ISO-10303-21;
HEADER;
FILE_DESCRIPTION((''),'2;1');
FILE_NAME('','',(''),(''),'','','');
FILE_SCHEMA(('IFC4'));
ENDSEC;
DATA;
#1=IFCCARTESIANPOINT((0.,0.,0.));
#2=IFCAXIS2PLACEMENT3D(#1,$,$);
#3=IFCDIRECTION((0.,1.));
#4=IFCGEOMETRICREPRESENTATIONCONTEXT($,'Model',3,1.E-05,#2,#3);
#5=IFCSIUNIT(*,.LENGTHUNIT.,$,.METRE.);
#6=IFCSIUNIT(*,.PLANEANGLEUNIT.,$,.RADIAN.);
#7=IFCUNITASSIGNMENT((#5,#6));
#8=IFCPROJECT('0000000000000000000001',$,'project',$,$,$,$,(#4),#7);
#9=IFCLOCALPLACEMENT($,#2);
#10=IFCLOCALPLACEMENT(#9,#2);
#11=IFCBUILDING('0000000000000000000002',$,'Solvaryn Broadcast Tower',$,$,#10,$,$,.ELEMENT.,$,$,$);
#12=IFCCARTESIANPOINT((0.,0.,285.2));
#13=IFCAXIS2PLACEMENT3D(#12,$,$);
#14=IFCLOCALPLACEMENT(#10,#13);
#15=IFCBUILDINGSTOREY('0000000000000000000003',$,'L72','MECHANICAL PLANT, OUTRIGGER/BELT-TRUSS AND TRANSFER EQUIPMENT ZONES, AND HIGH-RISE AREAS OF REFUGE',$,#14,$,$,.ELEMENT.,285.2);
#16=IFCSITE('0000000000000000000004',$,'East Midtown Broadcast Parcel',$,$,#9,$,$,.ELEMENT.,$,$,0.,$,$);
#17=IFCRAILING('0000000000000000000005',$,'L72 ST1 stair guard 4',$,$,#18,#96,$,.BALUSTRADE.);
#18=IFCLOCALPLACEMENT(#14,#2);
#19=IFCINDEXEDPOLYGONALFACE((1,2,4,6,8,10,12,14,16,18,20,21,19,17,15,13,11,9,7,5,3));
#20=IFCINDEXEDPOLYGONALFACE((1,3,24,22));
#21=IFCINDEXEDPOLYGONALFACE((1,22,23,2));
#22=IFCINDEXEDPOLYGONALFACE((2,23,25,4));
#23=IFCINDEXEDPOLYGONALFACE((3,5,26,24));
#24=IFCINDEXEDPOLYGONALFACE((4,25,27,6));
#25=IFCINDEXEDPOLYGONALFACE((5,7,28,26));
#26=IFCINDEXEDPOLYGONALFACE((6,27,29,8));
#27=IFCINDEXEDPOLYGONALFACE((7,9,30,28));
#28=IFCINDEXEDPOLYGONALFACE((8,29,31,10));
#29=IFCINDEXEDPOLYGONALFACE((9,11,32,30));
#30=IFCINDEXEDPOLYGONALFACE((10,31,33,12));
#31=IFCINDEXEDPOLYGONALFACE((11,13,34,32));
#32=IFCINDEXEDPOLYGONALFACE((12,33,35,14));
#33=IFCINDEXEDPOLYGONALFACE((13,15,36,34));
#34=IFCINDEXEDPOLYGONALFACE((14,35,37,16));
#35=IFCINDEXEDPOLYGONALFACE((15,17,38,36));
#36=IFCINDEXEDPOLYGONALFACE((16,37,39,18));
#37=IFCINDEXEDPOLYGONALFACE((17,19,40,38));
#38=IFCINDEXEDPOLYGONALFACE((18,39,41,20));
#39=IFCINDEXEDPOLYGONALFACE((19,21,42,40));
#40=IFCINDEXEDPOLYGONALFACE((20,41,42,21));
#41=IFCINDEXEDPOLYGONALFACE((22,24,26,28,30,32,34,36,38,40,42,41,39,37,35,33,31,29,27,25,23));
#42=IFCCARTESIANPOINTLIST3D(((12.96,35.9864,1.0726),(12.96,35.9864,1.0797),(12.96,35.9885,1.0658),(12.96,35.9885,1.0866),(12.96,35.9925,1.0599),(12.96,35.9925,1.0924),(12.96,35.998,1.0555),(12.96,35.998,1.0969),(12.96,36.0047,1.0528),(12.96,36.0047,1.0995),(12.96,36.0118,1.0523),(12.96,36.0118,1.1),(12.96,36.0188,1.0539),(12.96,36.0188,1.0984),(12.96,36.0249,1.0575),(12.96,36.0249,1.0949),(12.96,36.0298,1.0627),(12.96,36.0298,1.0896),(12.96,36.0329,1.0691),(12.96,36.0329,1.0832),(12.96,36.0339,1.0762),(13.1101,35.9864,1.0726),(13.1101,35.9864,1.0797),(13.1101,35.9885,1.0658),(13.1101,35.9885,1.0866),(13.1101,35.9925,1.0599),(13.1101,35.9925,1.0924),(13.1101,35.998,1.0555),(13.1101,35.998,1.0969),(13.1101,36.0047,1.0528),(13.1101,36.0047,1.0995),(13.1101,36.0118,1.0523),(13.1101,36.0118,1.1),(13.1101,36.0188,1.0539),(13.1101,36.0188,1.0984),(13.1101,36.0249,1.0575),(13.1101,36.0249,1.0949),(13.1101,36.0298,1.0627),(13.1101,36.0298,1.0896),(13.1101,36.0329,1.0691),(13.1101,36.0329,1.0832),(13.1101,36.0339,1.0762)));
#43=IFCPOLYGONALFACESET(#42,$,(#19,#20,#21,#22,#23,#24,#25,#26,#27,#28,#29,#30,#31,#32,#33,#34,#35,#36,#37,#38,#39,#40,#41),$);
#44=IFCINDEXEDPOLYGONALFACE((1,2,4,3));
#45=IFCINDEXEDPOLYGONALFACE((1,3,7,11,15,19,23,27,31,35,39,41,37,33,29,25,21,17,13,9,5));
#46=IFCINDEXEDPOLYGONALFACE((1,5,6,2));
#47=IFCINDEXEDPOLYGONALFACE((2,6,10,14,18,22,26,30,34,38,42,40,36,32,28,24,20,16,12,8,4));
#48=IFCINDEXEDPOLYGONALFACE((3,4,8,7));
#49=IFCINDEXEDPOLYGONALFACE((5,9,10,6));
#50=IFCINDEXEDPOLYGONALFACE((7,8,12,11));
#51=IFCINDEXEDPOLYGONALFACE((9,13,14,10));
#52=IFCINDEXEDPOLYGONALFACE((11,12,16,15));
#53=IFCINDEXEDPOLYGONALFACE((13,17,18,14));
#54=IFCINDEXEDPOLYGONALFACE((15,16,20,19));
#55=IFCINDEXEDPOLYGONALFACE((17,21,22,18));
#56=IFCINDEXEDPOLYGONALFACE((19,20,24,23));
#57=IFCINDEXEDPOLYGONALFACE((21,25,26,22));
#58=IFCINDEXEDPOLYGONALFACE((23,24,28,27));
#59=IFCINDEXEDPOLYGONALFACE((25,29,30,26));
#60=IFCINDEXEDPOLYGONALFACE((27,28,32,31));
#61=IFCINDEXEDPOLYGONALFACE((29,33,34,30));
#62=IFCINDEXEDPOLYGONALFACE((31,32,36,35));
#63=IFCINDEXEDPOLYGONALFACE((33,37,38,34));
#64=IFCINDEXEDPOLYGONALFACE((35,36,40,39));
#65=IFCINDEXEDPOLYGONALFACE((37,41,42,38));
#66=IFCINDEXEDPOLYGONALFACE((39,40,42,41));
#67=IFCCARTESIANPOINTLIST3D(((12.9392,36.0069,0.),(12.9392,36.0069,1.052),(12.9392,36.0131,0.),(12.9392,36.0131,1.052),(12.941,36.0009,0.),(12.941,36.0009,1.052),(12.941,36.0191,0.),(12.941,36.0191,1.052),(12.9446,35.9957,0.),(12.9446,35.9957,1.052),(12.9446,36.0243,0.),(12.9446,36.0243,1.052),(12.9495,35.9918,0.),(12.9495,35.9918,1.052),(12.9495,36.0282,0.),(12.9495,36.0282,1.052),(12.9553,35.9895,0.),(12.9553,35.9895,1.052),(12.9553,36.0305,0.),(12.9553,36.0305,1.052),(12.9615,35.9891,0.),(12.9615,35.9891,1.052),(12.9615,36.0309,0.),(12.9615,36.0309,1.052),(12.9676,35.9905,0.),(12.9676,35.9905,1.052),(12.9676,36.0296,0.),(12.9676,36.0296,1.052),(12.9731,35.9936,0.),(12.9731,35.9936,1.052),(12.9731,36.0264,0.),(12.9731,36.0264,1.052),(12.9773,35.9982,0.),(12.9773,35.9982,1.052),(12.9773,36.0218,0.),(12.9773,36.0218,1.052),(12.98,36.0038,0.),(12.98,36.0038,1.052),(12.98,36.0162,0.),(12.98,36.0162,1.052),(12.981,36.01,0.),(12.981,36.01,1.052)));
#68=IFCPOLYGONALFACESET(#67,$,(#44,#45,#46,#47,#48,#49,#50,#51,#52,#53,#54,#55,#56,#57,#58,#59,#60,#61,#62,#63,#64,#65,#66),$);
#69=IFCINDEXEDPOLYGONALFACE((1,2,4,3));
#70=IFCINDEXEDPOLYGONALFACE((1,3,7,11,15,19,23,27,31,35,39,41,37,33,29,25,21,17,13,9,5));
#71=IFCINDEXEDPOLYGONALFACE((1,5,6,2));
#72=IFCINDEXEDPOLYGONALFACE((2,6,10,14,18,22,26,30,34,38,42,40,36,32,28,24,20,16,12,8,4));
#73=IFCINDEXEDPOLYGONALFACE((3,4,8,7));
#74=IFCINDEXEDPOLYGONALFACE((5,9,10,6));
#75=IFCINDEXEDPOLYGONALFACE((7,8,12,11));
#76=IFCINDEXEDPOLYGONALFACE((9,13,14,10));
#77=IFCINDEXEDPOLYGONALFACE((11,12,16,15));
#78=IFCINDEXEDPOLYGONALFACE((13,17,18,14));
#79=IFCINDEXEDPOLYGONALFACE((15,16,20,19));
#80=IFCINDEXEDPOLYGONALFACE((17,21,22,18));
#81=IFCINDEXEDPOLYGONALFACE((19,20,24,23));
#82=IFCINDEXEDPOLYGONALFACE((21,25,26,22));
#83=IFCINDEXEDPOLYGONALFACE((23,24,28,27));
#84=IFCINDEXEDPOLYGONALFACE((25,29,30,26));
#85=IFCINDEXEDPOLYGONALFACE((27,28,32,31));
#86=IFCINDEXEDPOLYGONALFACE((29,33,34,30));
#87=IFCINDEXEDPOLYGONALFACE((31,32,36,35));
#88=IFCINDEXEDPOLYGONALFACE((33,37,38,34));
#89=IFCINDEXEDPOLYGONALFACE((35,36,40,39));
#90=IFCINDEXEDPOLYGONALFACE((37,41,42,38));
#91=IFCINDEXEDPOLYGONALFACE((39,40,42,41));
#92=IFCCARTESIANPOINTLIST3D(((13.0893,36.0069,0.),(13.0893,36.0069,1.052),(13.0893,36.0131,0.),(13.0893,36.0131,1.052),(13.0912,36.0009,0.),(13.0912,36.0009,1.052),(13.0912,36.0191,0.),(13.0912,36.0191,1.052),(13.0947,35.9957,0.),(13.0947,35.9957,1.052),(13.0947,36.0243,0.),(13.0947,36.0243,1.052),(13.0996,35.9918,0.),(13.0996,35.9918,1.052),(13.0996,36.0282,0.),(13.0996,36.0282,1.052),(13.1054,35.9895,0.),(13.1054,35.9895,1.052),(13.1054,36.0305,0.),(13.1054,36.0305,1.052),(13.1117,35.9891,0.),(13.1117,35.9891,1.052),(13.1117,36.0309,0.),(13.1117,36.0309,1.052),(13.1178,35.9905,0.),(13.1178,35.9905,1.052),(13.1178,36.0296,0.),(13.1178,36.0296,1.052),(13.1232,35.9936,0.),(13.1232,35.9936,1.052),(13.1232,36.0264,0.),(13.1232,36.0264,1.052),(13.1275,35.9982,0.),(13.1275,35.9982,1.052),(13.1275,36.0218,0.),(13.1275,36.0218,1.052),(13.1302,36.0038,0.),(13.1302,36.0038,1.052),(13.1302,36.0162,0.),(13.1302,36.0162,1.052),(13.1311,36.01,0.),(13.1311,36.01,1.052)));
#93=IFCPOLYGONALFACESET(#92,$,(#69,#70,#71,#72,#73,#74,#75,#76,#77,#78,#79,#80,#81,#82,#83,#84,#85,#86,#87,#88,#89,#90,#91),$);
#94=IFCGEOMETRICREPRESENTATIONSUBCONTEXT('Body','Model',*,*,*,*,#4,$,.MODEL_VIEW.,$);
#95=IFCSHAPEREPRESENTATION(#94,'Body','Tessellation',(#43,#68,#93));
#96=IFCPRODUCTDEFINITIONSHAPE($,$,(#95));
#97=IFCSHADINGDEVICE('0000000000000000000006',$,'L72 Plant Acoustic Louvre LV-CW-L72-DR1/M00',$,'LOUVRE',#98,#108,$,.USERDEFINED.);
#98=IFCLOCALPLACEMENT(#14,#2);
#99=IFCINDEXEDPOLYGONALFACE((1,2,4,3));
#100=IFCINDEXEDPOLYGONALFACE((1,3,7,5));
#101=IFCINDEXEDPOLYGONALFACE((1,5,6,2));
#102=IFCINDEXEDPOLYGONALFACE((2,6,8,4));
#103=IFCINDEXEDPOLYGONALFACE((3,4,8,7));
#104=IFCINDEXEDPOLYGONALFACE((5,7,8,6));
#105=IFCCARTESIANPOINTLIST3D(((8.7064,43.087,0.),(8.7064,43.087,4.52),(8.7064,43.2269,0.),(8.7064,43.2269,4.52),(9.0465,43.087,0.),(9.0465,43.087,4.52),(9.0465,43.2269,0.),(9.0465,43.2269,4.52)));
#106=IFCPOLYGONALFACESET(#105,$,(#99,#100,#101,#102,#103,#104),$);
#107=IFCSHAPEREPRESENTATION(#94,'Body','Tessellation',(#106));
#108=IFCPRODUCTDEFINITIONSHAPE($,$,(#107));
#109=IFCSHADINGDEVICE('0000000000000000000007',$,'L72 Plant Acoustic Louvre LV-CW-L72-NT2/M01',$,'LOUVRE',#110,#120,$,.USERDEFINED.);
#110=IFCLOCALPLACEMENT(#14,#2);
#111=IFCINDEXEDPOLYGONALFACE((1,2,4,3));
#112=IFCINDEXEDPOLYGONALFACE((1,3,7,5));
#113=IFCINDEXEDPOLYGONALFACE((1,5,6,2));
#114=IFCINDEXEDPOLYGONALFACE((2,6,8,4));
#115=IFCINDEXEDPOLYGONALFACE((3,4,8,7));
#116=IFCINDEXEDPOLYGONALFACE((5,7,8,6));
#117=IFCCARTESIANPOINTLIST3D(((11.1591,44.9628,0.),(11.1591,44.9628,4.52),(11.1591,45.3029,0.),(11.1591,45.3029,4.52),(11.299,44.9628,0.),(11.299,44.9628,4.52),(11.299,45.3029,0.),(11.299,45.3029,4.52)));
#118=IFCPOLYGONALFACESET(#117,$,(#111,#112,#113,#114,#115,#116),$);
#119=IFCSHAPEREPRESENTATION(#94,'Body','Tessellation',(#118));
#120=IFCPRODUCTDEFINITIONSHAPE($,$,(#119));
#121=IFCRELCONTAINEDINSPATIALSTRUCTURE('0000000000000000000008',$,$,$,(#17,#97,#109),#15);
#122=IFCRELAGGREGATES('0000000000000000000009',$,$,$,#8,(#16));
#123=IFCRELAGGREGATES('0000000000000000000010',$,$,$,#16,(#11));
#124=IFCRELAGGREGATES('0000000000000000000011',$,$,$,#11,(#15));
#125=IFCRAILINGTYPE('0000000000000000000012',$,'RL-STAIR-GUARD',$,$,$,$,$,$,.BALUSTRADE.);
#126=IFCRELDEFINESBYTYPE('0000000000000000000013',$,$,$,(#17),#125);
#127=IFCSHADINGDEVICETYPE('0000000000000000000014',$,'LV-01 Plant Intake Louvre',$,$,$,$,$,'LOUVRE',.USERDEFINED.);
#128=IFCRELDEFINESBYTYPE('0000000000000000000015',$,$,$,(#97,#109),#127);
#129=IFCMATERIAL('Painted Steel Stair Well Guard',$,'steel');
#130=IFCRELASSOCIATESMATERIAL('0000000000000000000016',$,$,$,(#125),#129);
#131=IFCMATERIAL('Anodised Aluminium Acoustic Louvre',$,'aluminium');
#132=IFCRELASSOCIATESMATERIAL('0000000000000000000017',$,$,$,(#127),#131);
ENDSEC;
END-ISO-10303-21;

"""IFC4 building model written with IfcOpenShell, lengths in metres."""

from ifc_helpers import new_model, si_unit, direction, frame, origin, origin_2d, place, context, subcontext, project, spatial, rectangle, circle, extrude, material, type_object, element, save


model = new_model("IFC4")

# Units and contexts
model_context = context("Model", 3, precision=1e-05, world=origin(), true_north=direction((0.0, 1.0)))
body_context = subcontext(model_context, "Body", "Model", "MODEL_VIEW")
ifc_project = project(units=[si_unit("LENGTHUNIT", "METRE"), si_unit("PLANEANGLEUNIT", "RADIAN")], contexts=[model_context])

# Site, building, storey
site_placement = place(None, origin())
site = spatial("IfcSite", under=ifc_project, at=site_placement, Name="East Midtown Broadcast Parcel", CompositionType="ELEMENT", RefElevation=0.0)
building_placement = place(site_placement, origin())
building = spatial("IfcBuilding", under=site, at=building_placement, Name="Solvaryn Broadcast Tower", CompositionType="ELEMENT")
storey_placement = place(building_placement, frame((0.0, 0.0, 285.2)))
storey = spatial("IfcBuildingStorey", under=building, at=storey_placement, Name="L72", Description="MECHANICAL PLANT, OUTRIGGER/BELT-TRUSS AND TRANSFER EQUIPMENT ZONES, AND HIGH-RISE AREAS OF REFUGE", CompositionType="ELEMENT", Elevation=285.2)

# Railing
ifc_material_1 = material(Name="Painted Steel Stair Well Guard", Category="steel")
railing_type_1 = type_object("IfcRailingType", Name="RL-STAIR-GUARD", PredefinedType="BALUSTRADE", material=ifc_material_1)
railing_1_placement = place(storey_placement, frame((12.96, 36.01, 0.0)))
element("IfcRailing", 1, at=railing_1_placement, inside=storey, type_object=railing_type_1, Name="L72 ST1 stair guard 4", PredefinedType="BALUSTRADE", context=body_context, shape_type="SweptSolid", body=[
    extrude(circle(Radius=0.0239, at=origin_2d()), frame((0.0, 0.0, 1.0762), z_axis=(1.0, 0.0, 0.0), x_axis=(0.0, 1.0, 0.0)), (0.0, 0.0, 1.0), 0.1501),
    extrude(circle(Radius=0.021, at=origin_2d()), origin(), (0.0, 0.0, 1.0), 1.052),
    extrude(circle(Radius=0.021, at=origin_2d()), frame((0.1501, 0.0, 0.0)), (0.0, 0.0, 1.0), 1.052),
])

# Shading devices
ifc_material_2 = material(Name="Anodised Aluminium Acoustic Louvre", Category="aluminium")
shading_device_type = type_object("IfcShadingDeviceType", Name="LV-01 Plant Intake Louvre", ElementType="LOUVRE", PredefinedType="USERDEFINED", material=ifc_material_2)
shading_device_1_placement = place(storey_placement, frame((8.8765, 43.157, 0.0), z_axis=(0.0, 0.0, 1.0), x_axis=(1.0, 0.0, 0.0)))
element("IfcShadingDevice", 2, at=shading_device_1_placement, inside=storey, type_object=shading_device_type, Name="L72 Plant Acoustic Louvre LV-CW-L72-DR1/M00", ObjectType="LOUVRE", PredefinedType="USERDEFINED", context=body_context, shape_type="SweptSolid", body=[
    extrude(rectangle(XDim=0.3401, YDim=0.1399, at=origin_2d()), origin(), (0.0, 0.0, 1.0), 4.52),
])
shading_device_2_placement = place(storey_placement, frame((11.229, 45.1328, 0.0), z_axis=(0.0, 0.0, 1.0), x_axis=(1.0, 0.0, 0.0)))
element("IfcShadingDevice", 3, at=shading_device_2_placement, inside=storey, type_object=shading_device_type, Name="L72 Plant Acoustic Louvre LV-CW-L72-NT2/M01", ObjectType="LOUVRE", PredefinedType="USERDEFINED", context=body_context, shape_type="SweptSolid", body=[
    extrude(rectangle(XDim=0.1399, YDim=0.3401, at=origin_2d()), origin(), (0.0, 0.0, 1.0), 4.52),
])

save(model, "model.ifc")
